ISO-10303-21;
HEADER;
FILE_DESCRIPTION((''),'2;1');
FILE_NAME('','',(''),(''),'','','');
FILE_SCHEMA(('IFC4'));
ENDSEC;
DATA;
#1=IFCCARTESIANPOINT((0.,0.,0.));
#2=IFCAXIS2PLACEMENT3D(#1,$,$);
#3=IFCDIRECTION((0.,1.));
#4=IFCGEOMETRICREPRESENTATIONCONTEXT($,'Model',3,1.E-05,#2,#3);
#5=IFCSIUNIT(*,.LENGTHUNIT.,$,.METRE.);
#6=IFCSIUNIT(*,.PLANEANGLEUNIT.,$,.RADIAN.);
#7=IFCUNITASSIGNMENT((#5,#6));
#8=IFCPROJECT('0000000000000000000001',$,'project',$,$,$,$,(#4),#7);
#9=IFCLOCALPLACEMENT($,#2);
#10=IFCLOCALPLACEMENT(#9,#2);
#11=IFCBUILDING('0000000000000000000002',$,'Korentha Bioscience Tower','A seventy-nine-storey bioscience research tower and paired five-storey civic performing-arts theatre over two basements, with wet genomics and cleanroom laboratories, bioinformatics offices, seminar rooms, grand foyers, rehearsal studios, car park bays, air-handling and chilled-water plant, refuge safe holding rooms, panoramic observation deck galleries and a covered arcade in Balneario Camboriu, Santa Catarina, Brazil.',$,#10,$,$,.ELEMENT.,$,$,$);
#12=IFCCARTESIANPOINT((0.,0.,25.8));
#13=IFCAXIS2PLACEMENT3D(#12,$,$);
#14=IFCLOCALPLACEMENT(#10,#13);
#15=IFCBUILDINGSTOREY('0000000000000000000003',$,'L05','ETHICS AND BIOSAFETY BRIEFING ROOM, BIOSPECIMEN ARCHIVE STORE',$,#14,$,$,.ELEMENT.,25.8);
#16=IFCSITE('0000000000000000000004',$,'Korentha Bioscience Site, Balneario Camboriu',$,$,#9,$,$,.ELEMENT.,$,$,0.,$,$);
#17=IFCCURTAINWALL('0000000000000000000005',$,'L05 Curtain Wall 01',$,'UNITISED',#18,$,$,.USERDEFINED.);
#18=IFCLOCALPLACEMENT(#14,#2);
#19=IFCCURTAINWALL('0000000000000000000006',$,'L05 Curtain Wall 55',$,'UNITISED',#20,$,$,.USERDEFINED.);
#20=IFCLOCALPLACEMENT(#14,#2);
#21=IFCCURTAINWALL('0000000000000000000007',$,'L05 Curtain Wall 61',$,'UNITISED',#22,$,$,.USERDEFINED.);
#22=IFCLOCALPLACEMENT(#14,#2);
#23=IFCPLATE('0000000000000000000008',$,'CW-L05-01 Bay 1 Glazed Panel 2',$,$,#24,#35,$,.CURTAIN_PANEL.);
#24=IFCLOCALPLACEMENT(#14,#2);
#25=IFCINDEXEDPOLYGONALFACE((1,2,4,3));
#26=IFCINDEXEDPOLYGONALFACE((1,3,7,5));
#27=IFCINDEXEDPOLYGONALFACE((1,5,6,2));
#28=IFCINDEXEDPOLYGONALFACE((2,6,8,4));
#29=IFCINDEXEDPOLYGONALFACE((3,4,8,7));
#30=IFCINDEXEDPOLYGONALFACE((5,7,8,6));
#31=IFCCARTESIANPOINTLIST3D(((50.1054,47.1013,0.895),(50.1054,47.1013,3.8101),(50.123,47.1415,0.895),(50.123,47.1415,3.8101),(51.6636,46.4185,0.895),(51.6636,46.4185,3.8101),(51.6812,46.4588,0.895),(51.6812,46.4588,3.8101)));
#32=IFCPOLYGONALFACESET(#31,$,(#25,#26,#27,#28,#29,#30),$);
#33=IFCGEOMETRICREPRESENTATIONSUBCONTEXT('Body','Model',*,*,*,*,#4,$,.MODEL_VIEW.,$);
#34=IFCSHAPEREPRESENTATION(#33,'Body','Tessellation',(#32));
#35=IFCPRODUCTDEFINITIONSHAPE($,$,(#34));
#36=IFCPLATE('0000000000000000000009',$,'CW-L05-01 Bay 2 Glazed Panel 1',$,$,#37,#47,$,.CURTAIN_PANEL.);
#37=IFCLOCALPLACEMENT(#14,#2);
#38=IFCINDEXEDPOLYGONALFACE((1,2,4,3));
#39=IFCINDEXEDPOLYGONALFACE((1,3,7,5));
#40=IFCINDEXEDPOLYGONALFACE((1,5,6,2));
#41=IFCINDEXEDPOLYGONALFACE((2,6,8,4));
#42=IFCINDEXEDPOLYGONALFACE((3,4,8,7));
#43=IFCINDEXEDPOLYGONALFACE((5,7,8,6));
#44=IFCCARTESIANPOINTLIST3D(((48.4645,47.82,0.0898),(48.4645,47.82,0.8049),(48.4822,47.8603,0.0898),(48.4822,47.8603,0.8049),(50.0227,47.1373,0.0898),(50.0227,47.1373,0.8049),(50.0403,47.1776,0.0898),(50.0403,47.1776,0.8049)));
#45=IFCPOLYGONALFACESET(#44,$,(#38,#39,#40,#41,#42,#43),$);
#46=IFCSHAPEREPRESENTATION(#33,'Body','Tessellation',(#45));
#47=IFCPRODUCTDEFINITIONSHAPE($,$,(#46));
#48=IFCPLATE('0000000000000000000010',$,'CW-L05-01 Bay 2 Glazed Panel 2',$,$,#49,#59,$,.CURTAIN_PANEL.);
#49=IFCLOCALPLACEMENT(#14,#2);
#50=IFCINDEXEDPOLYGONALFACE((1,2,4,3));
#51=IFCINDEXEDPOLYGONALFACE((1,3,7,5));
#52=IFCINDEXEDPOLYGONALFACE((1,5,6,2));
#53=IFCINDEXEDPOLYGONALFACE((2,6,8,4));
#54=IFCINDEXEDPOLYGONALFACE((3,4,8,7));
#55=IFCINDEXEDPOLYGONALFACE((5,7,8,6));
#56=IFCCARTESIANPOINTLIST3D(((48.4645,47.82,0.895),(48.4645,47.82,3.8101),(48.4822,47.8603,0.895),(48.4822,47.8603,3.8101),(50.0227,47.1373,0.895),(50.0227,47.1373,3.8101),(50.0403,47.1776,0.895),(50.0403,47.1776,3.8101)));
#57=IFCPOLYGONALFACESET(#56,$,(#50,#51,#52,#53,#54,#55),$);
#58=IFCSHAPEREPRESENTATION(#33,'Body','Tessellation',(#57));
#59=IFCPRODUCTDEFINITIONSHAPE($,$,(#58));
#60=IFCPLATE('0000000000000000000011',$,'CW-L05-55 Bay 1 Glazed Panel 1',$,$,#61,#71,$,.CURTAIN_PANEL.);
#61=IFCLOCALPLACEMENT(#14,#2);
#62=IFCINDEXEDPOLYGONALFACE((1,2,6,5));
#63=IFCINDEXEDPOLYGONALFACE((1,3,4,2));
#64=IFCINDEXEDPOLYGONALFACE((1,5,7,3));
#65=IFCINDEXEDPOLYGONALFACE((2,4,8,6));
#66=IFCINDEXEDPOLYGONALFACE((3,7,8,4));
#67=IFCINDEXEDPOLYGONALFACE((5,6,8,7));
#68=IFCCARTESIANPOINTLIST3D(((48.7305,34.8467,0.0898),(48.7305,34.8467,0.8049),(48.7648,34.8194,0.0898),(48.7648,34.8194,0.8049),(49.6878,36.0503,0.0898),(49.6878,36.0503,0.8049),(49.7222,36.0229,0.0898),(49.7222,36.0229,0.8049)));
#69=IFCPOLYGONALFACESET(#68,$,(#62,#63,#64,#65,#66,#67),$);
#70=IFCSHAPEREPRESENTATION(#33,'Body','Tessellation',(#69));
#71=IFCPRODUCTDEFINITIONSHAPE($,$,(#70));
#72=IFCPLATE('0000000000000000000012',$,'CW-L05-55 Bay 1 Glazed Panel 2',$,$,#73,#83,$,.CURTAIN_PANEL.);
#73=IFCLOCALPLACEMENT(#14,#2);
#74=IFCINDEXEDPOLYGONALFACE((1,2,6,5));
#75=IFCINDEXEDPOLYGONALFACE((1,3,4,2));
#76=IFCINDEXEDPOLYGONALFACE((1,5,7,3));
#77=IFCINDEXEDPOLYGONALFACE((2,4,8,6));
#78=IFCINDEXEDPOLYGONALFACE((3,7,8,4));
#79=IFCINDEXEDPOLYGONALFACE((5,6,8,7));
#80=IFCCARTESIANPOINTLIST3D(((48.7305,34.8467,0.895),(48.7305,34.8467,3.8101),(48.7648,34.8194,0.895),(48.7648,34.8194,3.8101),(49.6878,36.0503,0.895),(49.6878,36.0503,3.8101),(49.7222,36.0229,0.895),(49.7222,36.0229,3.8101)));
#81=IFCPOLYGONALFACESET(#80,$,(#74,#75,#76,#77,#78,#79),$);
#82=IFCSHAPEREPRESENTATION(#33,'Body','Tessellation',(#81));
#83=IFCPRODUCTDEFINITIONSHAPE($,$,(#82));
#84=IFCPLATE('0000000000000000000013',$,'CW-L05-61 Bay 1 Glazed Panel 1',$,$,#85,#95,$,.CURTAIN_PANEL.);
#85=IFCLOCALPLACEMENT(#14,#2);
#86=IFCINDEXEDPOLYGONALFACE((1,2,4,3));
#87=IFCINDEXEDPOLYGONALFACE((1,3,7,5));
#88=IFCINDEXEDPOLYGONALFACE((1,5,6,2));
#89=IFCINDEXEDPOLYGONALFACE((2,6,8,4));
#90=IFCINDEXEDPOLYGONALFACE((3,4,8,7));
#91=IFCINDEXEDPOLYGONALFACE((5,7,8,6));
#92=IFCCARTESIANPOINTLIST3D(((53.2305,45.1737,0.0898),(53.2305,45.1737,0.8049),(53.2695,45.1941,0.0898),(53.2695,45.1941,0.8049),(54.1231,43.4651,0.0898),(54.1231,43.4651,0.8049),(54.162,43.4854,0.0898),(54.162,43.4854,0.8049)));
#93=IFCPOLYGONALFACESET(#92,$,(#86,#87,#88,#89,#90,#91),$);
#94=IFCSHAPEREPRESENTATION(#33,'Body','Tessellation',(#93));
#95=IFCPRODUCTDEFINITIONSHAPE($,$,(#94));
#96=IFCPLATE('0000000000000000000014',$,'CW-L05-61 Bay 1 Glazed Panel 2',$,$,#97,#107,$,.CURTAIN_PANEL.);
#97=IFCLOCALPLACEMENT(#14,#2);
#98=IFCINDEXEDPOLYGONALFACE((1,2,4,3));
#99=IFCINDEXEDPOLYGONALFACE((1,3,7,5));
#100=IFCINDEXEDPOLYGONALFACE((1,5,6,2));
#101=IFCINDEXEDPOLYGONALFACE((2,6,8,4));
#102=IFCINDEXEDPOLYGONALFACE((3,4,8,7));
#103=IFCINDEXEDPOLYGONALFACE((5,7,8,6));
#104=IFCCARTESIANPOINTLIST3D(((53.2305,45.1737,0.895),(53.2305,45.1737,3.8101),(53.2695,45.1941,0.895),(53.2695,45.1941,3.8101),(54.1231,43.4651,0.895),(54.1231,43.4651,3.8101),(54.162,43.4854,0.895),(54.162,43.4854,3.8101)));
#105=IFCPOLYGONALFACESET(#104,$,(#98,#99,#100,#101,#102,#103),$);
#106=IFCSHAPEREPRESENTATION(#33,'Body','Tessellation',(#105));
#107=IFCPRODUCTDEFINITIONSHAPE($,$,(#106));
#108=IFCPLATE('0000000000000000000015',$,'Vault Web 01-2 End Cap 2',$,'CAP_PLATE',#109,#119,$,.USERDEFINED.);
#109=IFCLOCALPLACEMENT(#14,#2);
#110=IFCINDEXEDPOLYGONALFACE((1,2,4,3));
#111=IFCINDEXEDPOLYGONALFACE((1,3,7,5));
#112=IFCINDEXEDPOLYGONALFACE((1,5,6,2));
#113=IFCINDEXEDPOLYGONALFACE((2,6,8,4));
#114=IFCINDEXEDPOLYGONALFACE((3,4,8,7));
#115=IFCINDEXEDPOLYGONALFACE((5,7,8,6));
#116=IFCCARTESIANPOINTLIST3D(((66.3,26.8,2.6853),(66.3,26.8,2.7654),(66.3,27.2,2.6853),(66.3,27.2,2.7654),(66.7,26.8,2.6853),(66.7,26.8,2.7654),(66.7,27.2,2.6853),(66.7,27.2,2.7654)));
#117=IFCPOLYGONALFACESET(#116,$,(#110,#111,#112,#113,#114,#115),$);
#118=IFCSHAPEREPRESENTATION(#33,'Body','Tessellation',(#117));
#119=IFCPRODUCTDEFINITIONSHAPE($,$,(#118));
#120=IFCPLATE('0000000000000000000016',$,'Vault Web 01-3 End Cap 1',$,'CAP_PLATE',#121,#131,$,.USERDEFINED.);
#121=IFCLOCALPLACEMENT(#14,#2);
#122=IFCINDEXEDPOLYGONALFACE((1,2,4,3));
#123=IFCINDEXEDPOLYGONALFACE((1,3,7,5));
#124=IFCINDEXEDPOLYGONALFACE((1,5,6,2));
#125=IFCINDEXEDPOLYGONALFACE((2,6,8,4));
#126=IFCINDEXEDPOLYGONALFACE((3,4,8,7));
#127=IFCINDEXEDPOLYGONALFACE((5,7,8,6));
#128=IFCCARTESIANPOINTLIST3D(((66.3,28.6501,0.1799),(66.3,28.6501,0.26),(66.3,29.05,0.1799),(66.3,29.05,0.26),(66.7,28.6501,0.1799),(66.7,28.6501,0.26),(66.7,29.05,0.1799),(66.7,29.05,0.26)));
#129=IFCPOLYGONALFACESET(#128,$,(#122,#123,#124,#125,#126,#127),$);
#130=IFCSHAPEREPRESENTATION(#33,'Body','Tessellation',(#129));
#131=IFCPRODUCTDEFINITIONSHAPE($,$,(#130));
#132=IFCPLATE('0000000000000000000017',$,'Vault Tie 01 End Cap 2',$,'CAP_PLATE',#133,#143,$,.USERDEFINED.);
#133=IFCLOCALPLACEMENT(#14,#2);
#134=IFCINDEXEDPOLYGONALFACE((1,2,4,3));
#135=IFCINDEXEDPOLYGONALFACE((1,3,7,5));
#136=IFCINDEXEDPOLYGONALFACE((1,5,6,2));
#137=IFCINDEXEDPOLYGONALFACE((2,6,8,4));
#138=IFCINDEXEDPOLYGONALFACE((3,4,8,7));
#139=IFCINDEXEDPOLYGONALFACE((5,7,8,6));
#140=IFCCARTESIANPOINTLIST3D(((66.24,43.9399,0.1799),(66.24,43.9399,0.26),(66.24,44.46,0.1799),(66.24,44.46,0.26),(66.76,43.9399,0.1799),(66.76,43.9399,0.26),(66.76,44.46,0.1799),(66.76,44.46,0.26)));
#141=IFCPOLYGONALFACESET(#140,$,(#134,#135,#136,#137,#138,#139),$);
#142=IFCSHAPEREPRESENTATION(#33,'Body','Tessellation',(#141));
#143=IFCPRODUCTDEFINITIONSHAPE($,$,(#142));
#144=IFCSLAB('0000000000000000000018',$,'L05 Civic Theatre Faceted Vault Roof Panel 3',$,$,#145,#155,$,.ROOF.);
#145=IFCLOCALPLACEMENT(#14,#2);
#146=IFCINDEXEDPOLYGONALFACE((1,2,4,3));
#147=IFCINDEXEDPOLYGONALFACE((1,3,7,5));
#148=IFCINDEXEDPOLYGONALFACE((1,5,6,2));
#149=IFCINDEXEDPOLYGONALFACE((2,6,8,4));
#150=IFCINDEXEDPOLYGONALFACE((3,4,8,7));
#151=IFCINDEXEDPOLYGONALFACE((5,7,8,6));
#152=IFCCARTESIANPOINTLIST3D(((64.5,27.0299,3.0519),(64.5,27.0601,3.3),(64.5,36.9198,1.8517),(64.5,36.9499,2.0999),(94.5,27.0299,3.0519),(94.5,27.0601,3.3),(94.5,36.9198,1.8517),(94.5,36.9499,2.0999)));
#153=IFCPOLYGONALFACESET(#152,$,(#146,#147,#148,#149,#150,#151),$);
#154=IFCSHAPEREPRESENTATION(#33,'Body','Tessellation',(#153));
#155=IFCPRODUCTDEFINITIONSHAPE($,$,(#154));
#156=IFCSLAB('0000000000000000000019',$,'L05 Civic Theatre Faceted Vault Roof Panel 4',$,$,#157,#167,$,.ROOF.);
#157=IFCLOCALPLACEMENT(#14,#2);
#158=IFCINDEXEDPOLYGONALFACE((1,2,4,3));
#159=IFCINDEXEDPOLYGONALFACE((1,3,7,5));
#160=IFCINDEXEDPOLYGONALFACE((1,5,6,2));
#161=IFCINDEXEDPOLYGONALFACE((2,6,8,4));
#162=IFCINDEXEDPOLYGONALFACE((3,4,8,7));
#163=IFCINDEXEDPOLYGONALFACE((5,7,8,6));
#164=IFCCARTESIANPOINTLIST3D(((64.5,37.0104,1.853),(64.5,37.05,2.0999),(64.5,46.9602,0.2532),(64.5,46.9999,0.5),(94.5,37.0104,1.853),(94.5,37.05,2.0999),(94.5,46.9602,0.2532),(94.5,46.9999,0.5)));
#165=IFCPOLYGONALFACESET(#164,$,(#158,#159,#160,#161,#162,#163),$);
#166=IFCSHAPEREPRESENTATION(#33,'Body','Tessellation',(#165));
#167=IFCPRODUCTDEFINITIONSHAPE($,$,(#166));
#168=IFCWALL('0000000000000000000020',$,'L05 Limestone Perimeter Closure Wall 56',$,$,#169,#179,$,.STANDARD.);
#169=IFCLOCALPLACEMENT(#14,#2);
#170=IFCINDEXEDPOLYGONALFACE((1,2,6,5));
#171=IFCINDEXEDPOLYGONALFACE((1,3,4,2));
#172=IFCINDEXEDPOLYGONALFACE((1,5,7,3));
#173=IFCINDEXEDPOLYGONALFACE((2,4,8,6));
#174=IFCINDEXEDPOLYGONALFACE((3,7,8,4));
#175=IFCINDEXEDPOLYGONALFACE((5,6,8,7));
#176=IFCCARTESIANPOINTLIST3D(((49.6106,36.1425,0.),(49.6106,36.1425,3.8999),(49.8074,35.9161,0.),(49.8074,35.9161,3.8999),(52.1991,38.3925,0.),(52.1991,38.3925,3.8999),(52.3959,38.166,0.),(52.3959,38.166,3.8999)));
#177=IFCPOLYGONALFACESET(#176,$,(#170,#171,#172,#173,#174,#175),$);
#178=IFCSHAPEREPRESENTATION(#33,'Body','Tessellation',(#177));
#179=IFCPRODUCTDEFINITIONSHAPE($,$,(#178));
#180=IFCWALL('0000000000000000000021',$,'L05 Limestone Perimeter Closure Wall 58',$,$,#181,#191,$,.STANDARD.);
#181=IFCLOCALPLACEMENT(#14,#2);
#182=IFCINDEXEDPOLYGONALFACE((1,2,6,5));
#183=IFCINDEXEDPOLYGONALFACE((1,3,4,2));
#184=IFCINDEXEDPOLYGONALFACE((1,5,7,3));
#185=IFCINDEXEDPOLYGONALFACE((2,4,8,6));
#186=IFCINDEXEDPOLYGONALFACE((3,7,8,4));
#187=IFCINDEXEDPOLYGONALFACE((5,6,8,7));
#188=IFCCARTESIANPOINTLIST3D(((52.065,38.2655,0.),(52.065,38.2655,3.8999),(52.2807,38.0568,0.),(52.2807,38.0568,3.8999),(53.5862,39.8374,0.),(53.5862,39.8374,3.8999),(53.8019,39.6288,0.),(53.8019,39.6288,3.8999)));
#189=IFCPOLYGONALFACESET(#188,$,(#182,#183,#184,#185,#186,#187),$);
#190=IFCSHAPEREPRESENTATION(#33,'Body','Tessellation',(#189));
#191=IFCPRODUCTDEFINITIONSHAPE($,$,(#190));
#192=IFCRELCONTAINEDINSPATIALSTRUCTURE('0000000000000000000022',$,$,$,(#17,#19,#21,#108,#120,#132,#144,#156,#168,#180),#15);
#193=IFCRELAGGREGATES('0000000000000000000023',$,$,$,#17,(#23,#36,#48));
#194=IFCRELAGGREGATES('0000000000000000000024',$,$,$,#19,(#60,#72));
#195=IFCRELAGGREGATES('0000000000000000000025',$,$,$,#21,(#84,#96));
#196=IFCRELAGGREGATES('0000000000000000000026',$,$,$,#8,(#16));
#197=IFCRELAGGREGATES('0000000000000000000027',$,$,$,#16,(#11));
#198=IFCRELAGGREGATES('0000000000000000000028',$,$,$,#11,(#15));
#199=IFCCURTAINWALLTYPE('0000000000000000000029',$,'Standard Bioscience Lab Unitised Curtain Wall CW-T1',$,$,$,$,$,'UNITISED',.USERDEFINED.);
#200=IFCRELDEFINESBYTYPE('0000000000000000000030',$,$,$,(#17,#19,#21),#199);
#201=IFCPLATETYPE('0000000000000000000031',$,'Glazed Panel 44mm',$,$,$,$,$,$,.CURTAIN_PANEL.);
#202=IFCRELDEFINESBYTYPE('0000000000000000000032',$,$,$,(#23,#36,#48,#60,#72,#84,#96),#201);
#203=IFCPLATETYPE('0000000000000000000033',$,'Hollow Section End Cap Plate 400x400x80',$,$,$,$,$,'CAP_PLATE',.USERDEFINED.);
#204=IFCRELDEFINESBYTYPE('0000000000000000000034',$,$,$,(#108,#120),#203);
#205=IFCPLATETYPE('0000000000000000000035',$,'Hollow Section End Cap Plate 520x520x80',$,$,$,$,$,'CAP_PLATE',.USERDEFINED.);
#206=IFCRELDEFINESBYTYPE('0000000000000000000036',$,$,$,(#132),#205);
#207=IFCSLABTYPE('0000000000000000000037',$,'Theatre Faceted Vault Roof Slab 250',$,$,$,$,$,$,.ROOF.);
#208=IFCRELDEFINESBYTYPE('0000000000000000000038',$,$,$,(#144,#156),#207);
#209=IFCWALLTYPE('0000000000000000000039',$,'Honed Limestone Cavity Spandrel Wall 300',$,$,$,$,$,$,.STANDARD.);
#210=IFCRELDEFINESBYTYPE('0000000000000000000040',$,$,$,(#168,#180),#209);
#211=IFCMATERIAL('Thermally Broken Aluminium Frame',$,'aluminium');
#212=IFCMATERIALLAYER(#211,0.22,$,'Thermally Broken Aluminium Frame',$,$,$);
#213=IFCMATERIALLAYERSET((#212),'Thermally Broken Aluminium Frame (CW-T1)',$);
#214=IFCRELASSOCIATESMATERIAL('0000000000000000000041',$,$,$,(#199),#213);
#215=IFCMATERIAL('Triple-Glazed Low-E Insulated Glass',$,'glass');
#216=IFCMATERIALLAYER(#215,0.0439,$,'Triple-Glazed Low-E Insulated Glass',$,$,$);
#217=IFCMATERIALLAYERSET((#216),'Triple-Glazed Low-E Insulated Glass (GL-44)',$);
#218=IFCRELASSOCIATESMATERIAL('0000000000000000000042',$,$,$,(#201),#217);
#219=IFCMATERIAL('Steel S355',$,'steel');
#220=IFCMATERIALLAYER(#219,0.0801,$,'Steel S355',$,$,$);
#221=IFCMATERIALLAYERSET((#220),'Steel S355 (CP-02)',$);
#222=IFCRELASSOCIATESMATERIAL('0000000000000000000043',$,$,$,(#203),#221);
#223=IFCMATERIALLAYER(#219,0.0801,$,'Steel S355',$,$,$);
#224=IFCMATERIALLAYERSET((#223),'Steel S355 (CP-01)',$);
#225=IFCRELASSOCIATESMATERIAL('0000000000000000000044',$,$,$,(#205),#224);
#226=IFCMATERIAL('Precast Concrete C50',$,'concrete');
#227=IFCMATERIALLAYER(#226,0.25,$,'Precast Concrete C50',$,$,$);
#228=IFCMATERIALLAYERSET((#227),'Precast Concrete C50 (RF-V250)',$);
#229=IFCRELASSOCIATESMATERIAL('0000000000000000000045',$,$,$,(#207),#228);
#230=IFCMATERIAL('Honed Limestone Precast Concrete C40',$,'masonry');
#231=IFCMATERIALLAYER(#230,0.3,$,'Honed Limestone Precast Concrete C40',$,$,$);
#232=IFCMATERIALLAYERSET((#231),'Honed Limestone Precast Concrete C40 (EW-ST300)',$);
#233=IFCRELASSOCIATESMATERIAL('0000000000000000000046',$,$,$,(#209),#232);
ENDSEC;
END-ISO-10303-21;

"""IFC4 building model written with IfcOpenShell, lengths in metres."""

from ifc_helpers import new_model, si_unit, direction, frame, frame_2d, origin, origin_2d, place, context, subcontext, project, spatial, polyline, rectangle, outline, extrude, material, layer, layer_set, type_object, element, aggregate, save


model = new_model("IFC4")

# Units and contexts
model_context = context("Model", 3, precision=1e-05, world=origin(), true_north=direction((0.0, 1.0)))
body_context = subcontext(model_context, "Body", "Model", "MODEL_VIEW")
ifc_project = project(units=[si_unit("LENGTHUNIT", "METRE"), si_unit("PLANEANGLEUNIT", "RADIAN")], contexts=[model_context])

# Site, building, storey
site_placement = place(None, origin())
site = spatial("IfcSite", under=ifc_project, at=site_placement, Name="Korentha Bioscience Site, Balneario Camboriu", CompositionType="ELEMENT", RefElevation=0.0)
building_placement = place(site_placement, origin())
building = spatial("IfcBuilding", under=site, at=building_placement, Name="Korentha Bioscience Tower", Description="A seventy-nine-storey bioscience research tower and paired five-storey civic performing-arts theatre over two basements, with wet genomics and cleanroom laboratories, bioinformatics offices, seminar rooms, grand foyers, rehearsal studios, car park bays, air-handling and chilled-water plant, refuge safe holding rooms, panoramic observation deck galleries and a covered arcade in Balneario Camboriu, Santa Catarina, Brazil.", CompositionType="ELEMENT")
storey_placement = place(building_placement, frame((0.0, 0.0, 25.8)))
storey = spatial("IfcBuildingStorey", under=building, at=storey_placement, Name="L05", Description="ETHICS AND BIOSAFETY BRIEFING ROOM, BIOSPECIMEN ARCHIVE STORE", CompositionType="ELEMENT", Elevation=25.8)

# Shared definitions
ifc_material_1 = material(Name="Steel S355", Category="steel")

# Curtain wall
ifc_material_2 = material(Name="Thermally Broken Aluminium Frame", Category="aluminium")
ifc_layer_1 = layer(ifc_material_2, 0.22, Name="Thermally Broken Aluminium Frame")
ifc_layer_set_1 = layer_set([ifc_layer_1], Name="Thermally Broken Aluminium Frame (CW-T1)")
curtain_wall_type = type_object("IfcCurtainWallType", Name="Standard Bioscience Lab Unitised Curtain Wall CW-T1", ElementType="UNITISED", PredefinedType="USERDEFINED", material=ifc_layer_set_1)
curtain_wall_1_placement = place(storey_placement, origin())
curtain_wall_1 = element("IfcCurtainWall", 1, at=curtain_wall_1_placement, inside=storey, type_object=curtain_wall_type, Name="L05 Curtain Wall 01", ObjectType="UNITISED", PredefinedType="USERDEFINED")

# Curtain wall
curtain_wall_2_placement = place(storey_placement, origin())
curtain_wall_2 = element("IfcCurtainWall", 2, at=curtain_wall_2_placement, inside=storey, type_object=curtain_wall_type, Name="L05 Curtain Wall 55", ObjectType="UNITISED", PredefinedType="USERDEFINED")

# Curtain wall
curtain_wall_3_placement = place(storey_placement, origin())
curtain_wall_3 = element("IfcCurtainWall", 3, at=curtain_wall_3_placement, inside=storey, type_object=curtain_wall_type, Name="L05 Curtain Wall 61", ObjectType="UNITISED", PredefinedType="USERDEFINED")

# Plates
ifc_material_3 = material(Name="Triple-Glazed Low-E Insulated Glass", Category="glass")
ifc_layer_2 = layer(ifc_material_3, 0.0439, Name="Triple-Glazed Low-E Insulated Glass")
ifc_layer_set_2 = layer_set([ifc_layer_2], Name="Triple-Glazed Low-E Insulated Glass (GL-44)")
plate_type_1 = type_object("IfcPlateType", Name="Glazed Panel 44mm", PredefinedType="CURTAIN_PANEL", material=ifc_layer_set_2)
plate_1_placement = place(storey_placement, frame((50.8933, 46.78, 0.895), z_axis=(0.0, 0.0, 1.0), x_axis=(-0.915939, 0.401317, 0.0)))
plate_1 = element("IfcPlate", 4, at=plate_1_placement, type_object=plate_type_1, Name="CW-L05-01 Bay 1 Glazed Panel 2", PredefinedType="CURTAIN_PANEL", context=body_context, shape_type="SweptSolid", body=[
    extrude(rectangle(XDim=1.7012, YDim=0.0439, at=origin_2d()), origin(), (0.0, 0.0, 1.0), 2.915),
])
plate_2_placement = place(storey_placement, frame((49.2524, 47.4988, 0.0898), z_axis=(0.0, 0.0, 1.0), x_axis=(-0.915939, 0.401317, 0.0)))
plate_2 = element("IfcPlate", 5, at=plate_2_placement, type_object=plate_type_1, Name="CW-L05-01 Bay 2 Glazed Panel 1", PredefinedType="CURTAIN_PANEL", context=body_context, shape_type="SweptSolid", body=[
    extrude(rectangle(XDim=1.7012, YDim=0.0439, at=origin_2d()), origin(), (0.0, 0.0, 1.0), 0.7151),
])
plate_3_placement = place(storey_placement, frame((49.2524, 47.4988, 0.895), z_axis=(0.0, 0.0, 1.0), x_axis=(-0.915939, 0.401317, 0.0)))
plate_3 = element("IfcPlate", 6, at=plate_3_placement, type_object=plate_type_1, Name="CW-L05-01 Bay 2 Glazed Panel 2", PredefinedType="CURTAIN_PANEL", context=body_context, shape_type="SweptSolid", body=[
    extrude(rectangle(XDim=1.7012, YDim=0.0439, at=origin_2d()), origin(), (0.0, 0.0, 1.0), 2.915),
])
aggregate(curtain_wall_1, [plate_1, plate_2, plate_3])
plate_4_placement = place(storey_placement, frame((49.2263, 35.4348, 0.0898), z_axis=(0.0, 0.0, 1.0), x_axis=(0.62252, 0.782604, 0.0)))
plate_4 = element("IfcPlate", 7, at=plate_4_placement, type_object=plate_type_1, Name="CW-L05-55 Bay 1 Glazed Panel 1", PredefinedType="CURTAIN_PANEL", context=body_context, shape_type="SweptSolid", body=[
    extrude(rectangle(XDim=1.5378, YDim=0.0439, at=origin_2d()), origin(), (0.0, 0.0, 1.0), 0.7151),
])
plate_5_placement = place(storey_placement, frame((49.2263, 35.4348, 0.895), z_axis=(0.0, 0.0, 1.0), x_axis=(0.62252, 0.782604, 0.0)))
plate_5 = element("IfcPlate", 8, at=plate_5_placement, type_object=plate_type_1, Name="CW-L05-55 Bay 1 Glazed Panel 2", PredefinedType="CURTAIN_PANEL", context=body_context, shape_type="SweptSolid", body=[
    extrude(rectangle(XDim=1.5378, YDim=0.0439, at=origin_2d()), origin(), (0.0, 0.0, 1.0), 2.915),
])
aggregate(curtain_wall_2, [plate_4, plate_5])
plate_6_placement = place(storey_placement, frame((53.6963, 44.3296, 0.0898), z_axis=(0.0, 0.0, 1.0), x_axis=(-0.463009, 0.886354, 0.0)))
plate_6 = element("IfcPlate", 9, at=plate_6_placement, type_object=plate_type_1, Name="CW-L05-61 Bay 1 Glazed Panel 1", PredefinedType="CURTAIN_PANEL", context=body_context, shape_type="SweptSolid", body=[
    extrude(rectangle(XDim=1.9277, YDim=0.0439, at=origin_2d()), origin(), (0.0, 0.0, 1.0), 0.7151),
])
plate_7_placement = place(storey_placement, frame((53.6963, 44.3296, 0.895), z_axis=(0.0, 0.0, 1.0), x_axis=(-0.463009, 0.886354, 0.0)))
plate_7 = element("IfcPlate", 10, at=plate_7_placement, type_object=plate_type_1, Name="CW-L05-61 Bay 1 Glazed Panel 2", PredefinedType="CURTAIN_PANEL", context=body_context, shape_type="SweptSolid", body=[
    extrude(rectangle(XDim=1.9277, YDim=0.0439, at=origin_2d()), origin(), (0.0, 0.0, 1.0), 2.915),
])
aggregate(curtain_wall_3, [plate_6, plate_7])

# Plates
ifc_layer_3 = layer(ifc_material_1, 0.0801, Name="Steel S355")
ifc_layer_set_3 = layer_set([ifc_layer_3], Name="Steel S355 (CP-02)")
plate_type_2 = type_object("IfcPlateType", Name="Hollow Section End Cap Plate 400x400x80", ElementType="CAP_PLATE", PredefinedType="USERDEFINED", material=ifc_layer_set_3)
for number, where, z_axis, x_axis, name in (
    (11, (66.5, 27.0, 2.6853), (0.0, 0.0, 1.0), (0.0, 1.0, 0.0), "Vault Web 01-2 End Cap 2"),
    (12, (66.5, 28.8501, 0.1799), (0.0, 0.0, 1.0), (0.0, 1.0, 0.0), "Vault Web 01-3 End Cap 1"),
):
    element("IfcPlate", number, at=place(storey_placement, frame(where, z_axis=z_axis, x_axis=x_axis)), inside=storey, type_object=plate_type_2, Name=name, ObjectType="CAP_PLATE", PredefinedType="USERDEFINED", context=body_context, shape_type="SweptSolid", body=[
        extrude(rectangle(XDim=0.3999, YDim=0.3999, at=origin_2d()), origin(), (0.0, 0.0, 1.0), 0.0801),
    ])
ifc_layer_4 = layer(ifc_material_1, 0.0801, Name="Steel S355")
ifc_layer_set_4 = layer_set([ifc_layer_4], Name="Steel S355 (CP-01)")
plate_type_3 = type_object("IfcPlateType", Name="Hollow Section End Cap Plate 520x520x80", ElementType="CAP_PLATE", PredefinedType="USERDEFINED", material=ifc_layer_set_4)
plate_8_placement = place(storey_placement, frame((66.5, 44.2, 0.1799), z_axis=(0.0, 0.0, 1.0), x_axis=(0.0, 1.0, 0.0)))
element("IfcPlate", 13, at=plate_8_placement, inside=storey, type_object=plate_type_3, Name="Vault Tie 01 End Cap 2", ObjectType="CAP_PLATE", PredefinedType="USERDEFINED", context=body_context, shape_type="SweptSolid", body=[
    extrude(rectangle(XDim=0.52, YDim=0.52, at=origin_2d()), origin(), (0.0, 0.0, 1.0), 0.0801),
])

# Slabs
ifc_material_4 = material(Name="Precast Concrete C50", Category="concrete")
ifc_layer_5 = layer(ifc_material_4, 0.25, Name="Precast Concrete C50")
ifc_layer_set_5 = layer_set([ifc_layer_5], Name="Precast Concrete C50 (RF-V250)")
slab_type = type_object("IfcSlabType", Name="Theatre Faceted Vault Roof Slab 250", PredefinedType="ROOF", material=ifc_layer_set_5)
slab_1_placement = place(storey_placement, frame((64.5, 27.0601, 3.3), z_axis=(0.0, 0.120472, 0.992717), x_axis=(1.0, 0.0, 0.0)))
element("IfcSlab", 14, at=slab_1_placement, inside=storey, type_object=slab_type, Name="L05 Civic Theatre Faceted Vault Roof Panel 3", PredefinedType="ROOF", context=body_context, shape_type="SweptSolid", body=[
    extrude(outline(polyline([(0.0, 0.0), (30.0, 0.0), (30.0, 9.9624), (0.0, 9.9624), (0.0, 0.0)])), origin(), (0.0, 0.0, -1.0), 0.25),
])
slab_2_placement = place(storey_placement, frame((64.5, 37.05, 2.0999), z_axis=(0.0, 0.158751, 0.987319), x_axis=(1.0, 0.0, 0.0)))
element("IfcSlab", 15, at=slab_2_placement, inside=storey, type_object=slab_type, Name="L05 Civic Theatre Faceted Vault Roof Panel 4", PredefinedType="ROOF", context=body_context, shape_type="SweptSolid", body=[
    extrude(outline(polyline([(0.0, 0.0), (30.0, 0.0), (30.0, 10.0776), (0.0, 10.0776), (0.0, 0.0)])), origin(), (0.0, 0.0, -1.0), 0.25),
])

# Walls
ifc_material_5 = material(Name="Honed Limestone Precast Concrete C40", Category="masonry")
ifc_layer_6 = layer(ifc_material_5, 0.3, Name="Honed Limestone Precast Concrete C40")
ifc_layer_set_6 = layer_set([ifc_layer_6], Name="Honed Limestone Precast Concrete C40 (EW-ST300)")
wall_type = type_object("IfcWallType", Name="Honed Limestone Cavity Spandrel Wall 300", PredefinedType="STANDARD", material=ifc_layer_set_6)
wall_1_placement = place(storey_placement, frame((49.709, 36.0293, 0.0), z_axis=(0.0, 0.0, 1.0), x_axis=(0.754746, 0.656017, 0.0)))
element("IfcWall", 16, at=wall_1_placement, inside=storey, type_object=wall_type, Name="L05 Limestone Perimeter Closure Wall 56", PredefinedType="STANDARD", context=body_context, shape_type="SweptSolid", body=[
    extrude(rectangle(XDim=3.4297, YDim=0.3, at=frame_2d((1.7148, 0.0))), origin(), (0.0, 0.0, 1.0), 3.8999),
])
wall_2_placement = place(storey_placement, frame((52.1729, 38.1611, 0.0), z_axis=(0.0, 0.0, 1.0), x_axis=(0.695405, 0.718618, 0.0)))
element("IfcWall", 17, at=wall_2_placement, inside=storey, type_object=wall_type, Name="L05 Limestone Perimeter Closure Wall 58", PredefinedType="STANDARD", context=body_context, shape_type="SweptSolid", body=[
    extrude(rectangle(XDim=2.1875, YDim=0.3, at=frame_2d((1.0938, 0.0))), origin(), (0.0, 0.0, 1.0), 3.8999),
])

save(model, "model.ifc")
